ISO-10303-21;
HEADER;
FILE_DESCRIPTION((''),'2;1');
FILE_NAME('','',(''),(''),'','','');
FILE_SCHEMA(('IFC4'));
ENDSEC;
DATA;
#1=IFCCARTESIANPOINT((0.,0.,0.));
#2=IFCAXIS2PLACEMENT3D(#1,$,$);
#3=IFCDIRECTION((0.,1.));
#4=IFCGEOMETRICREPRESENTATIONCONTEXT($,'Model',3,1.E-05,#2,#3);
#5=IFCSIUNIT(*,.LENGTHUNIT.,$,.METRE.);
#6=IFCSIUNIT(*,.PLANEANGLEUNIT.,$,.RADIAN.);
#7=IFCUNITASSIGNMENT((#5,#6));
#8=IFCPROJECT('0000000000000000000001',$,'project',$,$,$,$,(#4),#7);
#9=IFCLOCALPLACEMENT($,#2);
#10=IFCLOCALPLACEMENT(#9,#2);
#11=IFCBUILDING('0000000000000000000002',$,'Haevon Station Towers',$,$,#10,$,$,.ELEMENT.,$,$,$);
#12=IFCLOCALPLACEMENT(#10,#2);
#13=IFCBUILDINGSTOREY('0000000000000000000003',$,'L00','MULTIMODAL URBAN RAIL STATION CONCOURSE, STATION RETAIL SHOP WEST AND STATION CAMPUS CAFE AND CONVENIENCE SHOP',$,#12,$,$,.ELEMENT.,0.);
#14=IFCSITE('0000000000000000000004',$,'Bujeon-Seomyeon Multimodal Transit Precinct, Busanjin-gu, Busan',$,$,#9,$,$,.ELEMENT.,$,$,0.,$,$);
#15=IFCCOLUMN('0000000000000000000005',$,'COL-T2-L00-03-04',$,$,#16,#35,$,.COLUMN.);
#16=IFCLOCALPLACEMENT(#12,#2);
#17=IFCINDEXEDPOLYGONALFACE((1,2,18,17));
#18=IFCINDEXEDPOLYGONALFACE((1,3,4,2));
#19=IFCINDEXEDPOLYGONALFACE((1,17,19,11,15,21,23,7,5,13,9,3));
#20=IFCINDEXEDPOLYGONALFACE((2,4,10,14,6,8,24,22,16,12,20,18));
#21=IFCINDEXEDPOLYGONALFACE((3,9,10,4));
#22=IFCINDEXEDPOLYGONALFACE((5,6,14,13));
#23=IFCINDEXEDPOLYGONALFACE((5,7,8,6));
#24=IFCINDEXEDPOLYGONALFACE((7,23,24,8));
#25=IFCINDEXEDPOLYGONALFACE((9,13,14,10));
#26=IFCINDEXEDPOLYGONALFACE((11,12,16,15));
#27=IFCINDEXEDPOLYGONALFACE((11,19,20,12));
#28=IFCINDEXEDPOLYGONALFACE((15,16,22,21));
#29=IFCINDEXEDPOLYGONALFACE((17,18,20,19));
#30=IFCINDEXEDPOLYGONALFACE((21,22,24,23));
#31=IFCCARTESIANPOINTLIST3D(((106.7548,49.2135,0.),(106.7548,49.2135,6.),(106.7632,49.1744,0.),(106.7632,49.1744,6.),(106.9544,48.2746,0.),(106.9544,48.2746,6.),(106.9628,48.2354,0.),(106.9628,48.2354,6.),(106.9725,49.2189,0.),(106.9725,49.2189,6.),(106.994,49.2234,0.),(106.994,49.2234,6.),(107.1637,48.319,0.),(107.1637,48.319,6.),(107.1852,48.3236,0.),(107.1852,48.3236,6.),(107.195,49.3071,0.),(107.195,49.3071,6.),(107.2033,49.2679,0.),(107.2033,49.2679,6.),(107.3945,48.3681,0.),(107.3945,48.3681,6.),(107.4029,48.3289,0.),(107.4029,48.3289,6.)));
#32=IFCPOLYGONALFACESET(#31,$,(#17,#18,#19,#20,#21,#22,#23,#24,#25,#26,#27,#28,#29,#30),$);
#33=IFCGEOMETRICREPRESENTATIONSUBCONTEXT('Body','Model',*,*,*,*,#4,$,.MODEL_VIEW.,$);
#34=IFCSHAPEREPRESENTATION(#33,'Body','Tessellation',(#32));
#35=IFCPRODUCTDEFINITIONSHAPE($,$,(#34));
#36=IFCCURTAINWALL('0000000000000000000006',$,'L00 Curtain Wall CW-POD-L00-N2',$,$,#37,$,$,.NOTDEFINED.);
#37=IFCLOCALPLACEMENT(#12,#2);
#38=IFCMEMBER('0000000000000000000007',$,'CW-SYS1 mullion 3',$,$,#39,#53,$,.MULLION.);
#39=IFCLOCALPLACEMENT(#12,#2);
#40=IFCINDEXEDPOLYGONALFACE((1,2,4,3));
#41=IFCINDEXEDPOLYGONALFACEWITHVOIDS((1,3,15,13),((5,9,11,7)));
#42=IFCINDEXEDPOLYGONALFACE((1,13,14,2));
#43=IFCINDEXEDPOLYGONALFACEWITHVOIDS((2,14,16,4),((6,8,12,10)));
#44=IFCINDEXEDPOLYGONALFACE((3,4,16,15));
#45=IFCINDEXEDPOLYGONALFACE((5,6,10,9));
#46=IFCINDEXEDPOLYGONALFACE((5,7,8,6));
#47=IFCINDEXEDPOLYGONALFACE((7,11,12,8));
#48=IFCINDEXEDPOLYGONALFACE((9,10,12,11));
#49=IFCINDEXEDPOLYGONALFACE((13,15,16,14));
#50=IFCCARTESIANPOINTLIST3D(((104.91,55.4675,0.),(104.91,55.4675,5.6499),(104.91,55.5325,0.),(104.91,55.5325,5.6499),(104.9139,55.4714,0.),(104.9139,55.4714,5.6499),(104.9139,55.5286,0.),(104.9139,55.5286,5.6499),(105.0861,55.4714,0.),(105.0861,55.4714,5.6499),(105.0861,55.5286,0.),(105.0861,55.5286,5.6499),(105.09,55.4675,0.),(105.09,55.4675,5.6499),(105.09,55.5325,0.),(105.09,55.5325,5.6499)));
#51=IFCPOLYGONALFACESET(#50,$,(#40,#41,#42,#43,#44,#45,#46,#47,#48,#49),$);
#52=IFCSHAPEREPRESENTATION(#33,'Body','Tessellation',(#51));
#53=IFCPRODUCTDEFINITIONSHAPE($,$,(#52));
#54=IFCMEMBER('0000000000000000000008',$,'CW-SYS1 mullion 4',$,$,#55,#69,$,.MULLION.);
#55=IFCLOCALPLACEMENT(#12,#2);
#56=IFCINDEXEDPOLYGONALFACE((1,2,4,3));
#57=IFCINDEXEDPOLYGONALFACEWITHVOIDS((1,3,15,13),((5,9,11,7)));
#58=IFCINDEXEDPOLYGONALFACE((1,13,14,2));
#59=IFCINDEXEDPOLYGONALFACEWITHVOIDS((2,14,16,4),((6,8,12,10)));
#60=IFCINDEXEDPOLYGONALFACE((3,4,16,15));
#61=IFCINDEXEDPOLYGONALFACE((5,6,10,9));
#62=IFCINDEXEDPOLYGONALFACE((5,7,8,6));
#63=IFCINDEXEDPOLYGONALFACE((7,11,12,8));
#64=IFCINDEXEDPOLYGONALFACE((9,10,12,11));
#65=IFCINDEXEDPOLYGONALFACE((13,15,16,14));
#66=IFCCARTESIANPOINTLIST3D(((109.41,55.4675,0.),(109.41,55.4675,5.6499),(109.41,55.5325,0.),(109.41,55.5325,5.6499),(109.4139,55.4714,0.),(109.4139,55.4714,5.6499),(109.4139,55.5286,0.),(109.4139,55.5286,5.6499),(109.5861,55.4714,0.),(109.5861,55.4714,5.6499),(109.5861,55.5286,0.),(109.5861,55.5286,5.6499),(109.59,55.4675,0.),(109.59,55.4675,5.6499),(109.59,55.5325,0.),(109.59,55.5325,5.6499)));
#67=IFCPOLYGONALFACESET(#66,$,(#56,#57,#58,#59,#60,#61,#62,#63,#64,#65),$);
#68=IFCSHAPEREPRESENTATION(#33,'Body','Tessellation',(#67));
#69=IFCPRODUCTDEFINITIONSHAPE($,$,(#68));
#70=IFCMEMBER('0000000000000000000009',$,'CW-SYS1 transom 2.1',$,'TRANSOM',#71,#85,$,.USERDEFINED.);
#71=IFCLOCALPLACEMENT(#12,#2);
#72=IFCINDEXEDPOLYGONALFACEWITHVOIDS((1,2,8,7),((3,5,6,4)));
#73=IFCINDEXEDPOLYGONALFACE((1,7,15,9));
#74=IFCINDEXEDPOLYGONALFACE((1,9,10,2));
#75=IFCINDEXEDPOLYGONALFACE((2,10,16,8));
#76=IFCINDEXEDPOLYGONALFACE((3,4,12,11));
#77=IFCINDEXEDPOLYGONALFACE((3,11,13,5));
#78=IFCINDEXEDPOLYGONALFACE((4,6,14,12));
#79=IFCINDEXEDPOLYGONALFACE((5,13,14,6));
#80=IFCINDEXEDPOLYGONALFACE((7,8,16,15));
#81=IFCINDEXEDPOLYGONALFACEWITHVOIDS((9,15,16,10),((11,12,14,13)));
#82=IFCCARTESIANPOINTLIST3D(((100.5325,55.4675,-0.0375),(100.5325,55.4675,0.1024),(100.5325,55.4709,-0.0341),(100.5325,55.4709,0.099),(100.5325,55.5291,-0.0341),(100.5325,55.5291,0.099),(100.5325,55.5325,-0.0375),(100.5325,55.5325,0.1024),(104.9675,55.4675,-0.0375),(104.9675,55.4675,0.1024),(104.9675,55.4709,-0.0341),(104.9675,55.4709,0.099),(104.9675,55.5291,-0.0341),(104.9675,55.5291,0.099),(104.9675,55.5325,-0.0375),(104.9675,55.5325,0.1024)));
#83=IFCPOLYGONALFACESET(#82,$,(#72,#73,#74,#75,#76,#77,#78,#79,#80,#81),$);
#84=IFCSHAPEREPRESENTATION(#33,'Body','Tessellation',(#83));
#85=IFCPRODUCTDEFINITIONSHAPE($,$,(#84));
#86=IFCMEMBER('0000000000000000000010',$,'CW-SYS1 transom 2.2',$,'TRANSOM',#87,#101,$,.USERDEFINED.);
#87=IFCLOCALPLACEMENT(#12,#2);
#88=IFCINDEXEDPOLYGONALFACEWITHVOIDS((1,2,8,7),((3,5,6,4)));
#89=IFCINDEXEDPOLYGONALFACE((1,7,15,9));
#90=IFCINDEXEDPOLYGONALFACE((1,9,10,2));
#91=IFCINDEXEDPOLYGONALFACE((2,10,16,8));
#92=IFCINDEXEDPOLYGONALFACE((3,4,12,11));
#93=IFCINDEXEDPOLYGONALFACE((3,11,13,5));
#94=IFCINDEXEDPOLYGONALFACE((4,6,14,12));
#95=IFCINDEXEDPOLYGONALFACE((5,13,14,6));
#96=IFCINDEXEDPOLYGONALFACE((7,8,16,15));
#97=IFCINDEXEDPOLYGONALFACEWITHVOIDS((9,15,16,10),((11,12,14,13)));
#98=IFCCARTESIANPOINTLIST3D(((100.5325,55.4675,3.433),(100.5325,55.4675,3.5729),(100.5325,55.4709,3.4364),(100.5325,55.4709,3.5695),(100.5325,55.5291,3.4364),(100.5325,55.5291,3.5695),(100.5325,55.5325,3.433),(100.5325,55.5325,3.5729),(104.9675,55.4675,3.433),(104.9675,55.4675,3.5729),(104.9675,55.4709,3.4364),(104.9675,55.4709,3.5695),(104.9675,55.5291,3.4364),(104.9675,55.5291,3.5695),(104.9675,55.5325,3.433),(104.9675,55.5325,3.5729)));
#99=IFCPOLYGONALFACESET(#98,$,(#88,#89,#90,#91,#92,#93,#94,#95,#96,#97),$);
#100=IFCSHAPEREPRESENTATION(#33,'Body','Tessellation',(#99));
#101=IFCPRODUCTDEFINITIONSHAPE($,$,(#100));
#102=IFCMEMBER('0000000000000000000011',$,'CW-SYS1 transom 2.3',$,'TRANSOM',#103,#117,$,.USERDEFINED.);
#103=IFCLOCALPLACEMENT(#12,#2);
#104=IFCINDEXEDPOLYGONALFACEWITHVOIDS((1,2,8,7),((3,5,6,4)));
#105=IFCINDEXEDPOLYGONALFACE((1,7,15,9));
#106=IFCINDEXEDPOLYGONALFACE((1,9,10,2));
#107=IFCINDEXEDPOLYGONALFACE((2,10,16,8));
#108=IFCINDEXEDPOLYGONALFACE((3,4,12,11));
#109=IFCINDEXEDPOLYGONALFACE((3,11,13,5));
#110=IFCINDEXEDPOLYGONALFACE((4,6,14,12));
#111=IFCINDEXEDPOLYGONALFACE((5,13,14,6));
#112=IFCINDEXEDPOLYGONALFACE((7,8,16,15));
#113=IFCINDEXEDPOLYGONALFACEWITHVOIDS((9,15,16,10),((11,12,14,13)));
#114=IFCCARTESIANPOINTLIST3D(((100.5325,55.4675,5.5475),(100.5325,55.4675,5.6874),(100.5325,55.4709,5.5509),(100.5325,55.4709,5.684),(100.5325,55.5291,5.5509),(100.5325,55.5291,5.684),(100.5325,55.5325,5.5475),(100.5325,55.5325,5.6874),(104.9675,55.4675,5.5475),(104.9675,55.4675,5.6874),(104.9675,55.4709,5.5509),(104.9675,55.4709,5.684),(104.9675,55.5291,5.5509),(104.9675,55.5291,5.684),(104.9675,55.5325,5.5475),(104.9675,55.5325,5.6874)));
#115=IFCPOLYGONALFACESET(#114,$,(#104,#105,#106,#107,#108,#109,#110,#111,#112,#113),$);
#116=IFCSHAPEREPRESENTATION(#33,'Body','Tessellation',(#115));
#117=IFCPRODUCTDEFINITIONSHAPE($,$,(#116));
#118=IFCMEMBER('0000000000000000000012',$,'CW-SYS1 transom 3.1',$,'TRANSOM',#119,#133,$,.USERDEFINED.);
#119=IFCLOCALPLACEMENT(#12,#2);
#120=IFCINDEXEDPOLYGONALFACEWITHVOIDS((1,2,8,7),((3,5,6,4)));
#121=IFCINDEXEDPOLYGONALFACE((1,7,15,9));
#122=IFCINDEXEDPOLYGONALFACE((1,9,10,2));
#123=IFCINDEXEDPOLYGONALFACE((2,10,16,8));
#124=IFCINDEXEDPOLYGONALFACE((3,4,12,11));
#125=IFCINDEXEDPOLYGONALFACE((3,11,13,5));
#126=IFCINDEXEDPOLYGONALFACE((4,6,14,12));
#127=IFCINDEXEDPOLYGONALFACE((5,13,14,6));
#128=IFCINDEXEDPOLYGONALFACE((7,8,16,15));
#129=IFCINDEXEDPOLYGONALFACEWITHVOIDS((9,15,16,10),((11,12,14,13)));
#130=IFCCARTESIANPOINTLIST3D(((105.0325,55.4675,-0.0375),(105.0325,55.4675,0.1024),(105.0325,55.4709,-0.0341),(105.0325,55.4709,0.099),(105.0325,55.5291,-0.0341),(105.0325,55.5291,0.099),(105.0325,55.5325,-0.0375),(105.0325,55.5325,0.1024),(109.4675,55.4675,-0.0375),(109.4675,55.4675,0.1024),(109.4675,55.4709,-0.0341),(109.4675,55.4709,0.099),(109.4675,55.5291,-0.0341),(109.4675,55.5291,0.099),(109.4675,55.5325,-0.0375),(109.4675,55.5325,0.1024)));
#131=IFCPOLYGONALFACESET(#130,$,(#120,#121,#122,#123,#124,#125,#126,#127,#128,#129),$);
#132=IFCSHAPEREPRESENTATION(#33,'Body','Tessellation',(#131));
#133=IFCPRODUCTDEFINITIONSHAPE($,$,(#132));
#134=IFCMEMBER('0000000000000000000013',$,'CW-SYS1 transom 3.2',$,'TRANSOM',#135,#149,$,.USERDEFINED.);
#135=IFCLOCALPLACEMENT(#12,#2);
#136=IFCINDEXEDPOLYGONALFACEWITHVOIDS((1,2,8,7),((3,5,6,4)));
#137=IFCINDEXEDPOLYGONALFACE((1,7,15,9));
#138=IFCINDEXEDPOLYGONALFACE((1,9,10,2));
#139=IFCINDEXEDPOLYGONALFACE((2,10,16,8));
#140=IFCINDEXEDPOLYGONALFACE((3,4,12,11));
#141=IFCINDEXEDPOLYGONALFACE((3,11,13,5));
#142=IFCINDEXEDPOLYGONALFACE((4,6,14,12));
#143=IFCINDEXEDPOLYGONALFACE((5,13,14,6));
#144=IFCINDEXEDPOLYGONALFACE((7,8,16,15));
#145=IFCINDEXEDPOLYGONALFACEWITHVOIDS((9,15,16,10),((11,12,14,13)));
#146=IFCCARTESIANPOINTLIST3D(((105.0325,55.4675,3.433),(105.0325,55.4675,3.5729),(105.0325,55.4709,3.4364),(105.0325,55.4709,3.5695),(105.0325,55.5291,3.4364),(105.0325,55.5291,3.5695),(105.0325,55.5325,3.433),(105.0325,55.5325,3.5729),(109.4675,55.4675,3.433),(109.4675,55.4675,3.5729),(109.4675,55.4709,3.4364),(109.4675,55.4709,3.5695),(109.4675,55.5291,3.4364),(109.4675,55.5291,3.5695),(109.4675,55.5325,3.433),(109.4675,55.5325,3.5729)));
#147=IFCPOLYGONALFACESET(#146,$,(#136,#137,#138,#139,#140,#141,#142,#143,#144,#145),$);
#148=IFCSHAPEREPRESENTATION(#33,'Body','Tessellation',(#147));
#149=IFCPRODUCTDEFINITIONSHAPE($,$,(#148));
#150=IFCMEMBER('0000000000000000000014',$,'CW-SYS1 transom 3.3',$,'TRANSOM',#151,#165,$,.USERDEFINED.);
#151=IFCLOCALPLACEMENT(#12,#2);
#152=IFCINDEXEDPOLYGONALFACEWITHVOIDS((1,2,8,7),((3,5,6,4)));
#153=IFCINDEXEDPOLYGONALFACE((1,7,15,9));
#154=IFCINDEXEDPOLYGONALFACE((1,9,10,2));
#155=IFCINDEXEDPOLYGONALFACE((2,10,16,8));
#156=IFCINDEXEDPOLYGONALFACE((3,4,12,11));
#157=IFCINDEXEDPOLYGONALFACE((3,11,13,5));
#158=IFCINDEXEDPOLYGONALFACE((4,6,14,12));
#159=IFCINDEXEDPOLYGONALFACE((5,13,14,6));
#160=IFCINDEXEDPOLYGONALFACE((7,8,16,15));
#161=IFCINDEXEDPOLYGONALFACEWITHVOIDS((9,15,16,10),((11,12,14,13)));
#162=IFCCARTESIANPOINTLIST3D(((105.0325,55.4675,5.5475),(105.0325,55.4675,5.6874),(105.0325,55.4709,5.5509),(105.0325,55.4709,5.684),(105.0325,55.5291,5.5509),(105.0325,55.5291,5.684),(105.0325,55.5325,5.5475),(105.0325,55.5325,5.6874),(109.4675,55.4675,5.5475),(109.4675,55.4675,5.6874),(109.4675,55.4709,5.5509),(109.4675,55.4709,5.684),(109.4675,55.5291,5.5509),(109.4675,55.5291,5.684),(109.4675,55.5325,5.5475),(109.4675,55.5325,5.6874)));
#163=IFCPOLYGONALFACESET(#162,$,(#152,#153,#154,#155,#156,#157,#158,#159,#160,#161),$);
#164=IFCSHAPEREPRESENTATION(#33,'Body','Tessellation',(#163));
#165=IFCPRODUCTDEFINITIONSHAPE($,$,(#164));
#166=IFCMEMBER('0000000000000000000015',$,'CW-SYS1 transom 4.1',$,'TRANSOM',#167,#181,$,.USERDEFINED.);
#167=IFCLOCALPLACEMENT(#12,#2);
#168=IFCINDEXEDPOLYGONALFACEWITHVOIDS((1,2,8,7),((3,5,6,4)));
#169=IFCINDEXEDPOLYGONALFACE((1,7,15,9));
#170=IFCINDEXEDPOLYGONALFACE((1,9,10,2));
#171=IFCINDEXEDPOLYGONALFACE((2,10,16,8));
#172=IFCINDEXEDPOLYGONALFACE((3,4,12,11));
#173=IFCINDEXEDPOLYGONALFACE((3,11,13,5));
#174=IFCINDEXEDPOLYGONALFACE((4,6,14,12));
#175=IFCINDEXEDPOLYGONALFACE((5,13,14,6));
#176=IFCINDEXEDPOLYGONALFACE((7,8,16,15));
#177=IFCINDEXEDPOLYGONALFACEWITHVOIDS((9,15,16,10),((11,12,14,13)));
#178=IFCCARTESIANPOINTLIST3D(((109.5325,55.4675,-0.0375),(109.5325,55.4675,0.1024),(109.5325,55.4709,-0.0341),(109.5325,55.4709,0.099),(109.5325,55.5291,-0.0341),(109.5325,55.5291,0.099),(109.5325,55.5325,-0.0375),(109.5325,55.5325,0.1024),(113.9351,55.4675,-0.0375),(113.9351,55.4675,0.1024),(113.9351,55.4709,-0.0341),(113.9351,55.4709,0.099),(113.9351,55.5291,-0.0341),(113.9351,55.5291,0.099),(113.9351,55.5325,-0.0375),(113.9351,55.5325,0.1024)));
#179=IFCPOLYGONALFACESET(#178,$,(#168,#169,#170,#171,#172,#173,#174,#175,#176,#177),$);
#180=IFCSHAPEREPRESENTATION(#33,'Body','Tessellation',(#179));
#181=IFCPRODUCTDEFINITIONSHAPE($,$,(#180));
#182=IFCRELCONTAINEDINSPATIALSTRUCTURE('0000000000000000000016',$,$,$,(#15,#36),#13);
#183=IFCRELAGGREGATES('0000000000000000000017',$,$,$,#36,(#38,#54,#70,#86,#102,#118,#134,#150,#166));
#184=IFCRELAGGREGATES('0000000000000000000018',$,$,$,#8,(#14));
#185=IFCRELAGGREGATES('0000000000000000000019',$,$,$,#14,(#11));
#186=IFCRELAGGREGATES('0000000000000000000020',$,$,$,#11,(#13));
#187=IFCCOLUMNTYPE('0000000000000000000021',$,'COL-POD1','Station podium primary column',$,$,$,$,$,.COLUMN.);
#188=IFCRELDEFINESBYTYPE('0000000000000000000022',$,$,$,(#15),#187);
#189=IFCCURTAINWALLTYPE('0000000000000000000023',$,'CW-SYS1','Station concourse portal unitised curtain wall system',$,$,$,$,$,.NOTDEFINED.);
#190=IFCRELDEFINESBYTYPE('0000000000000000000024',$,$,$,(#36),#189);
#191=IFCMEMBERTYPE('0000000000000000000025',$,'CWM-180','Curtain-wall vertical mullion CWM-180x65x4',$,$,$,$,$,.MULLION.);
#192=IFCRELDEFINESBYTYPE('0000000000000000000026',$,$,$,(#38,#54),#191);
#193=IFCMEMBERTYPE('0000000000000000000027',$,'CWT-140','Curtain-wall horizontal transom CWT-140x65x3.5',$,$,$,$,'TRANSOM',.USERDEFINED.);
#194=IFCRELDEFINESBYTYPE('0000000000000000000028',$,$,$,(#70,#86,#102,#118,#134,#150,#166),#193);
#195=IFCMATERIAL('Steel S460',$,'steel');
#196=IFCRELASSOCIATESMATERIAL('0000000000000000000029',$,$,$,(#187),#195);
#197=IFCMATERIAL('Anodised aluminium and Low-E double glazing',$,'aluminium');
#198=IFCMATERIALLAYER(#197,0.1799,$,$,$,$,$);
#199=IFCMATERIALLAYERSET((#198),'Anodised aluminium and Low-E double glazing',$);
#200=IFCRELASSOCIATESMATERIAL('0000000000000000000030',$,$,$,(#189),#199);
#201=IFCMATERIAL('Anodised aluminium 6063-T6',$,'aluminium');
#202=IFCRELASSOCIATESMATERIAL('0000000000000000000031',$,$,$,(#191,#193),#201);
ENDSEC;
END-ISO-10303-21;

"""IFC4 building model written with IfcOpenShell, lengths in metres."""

from ifc_helpers import new_model, si_unit, direction, frame, origin, origin_2d, place, context, subcontext, project, spatial, hollow_rectangle, i_section, extrude, material, layer, layer_set, material_profile, profile_set, type_object, element, aggregate, save


model = new_model("IFC4")

# Units and contexts
model_context = context("Model", 3, precision=1e-05, world=origin(), true_north=direction((0.0, 1.0)))
body_context = subcontext(model_context, "Body", "Model", "MODEL_VIEW")
ifc_project = project(units=[si_unit("LENGTHUNIT", "METRE"), si_unit("PLANEANGLEUNIT", "RADIAN")], contexts=[model_context])

# Site, building, storey
site_placement = place(None, origin())
site = spatial("IfcSite", under=ifc_project, at=site_placement, Name="Bujeon-Seomyeon Multimodal Transit Precinct, Busanjin-gu, Busan", CompositionType="ELEMENT", RefElevation=0.0)
building_placement = place(site_placement, origin())
building = spatial("IfcBuilding", under=site, at=building_placement, Name="Haevon Station Towers", CompositionType="ELEMENT")
storey_placement = place(building_placement, origin())
storey = spatial("IfcBuildingStorey", under=building, at=storey_placement, Name="L00", Description="MULTIMODAL URBAN RAIL STATION CONCOURSE, STATION RETAIL SHOP WEST AND STATION CAMPUS CAFE AND CONVENIENCE SHOP", CompositionType="ELEMENT", Elevation=0.0)

# Column
ifc_material_1 = material(Name="Steel S460", Category="steel")
ifc_material_profile_1 = material_profile(ifc_material_1, i_section(OverallWidth=0.45, OverallDepth=1.0, WebThickness=0.022, FlangeThickness=0.04, at=origin_2d()), Name="H-1000x450x22x40")
ifc_profile_set_1 = profile_set([ifc_material_profile_1], Name="Steel S460")
column_type = type_object("IfcColumnType", Name="COL-POD1", Description="Station podium primary column", PredefinedType="COLUMN", material=ifc_profile_set_1)
column_placement = place(storey_placement, frame((107.0789, 48.7712, 0.0), z_axis=(0.0, 0.0, 1.0), x_axis=(0.978148, 0.207912, 0.0)))
element("IfcColumn", 1, at=column_placement, inside=storey, type_object=column_type, Name="COL-T2-L00-03-04", PredefinedType="COLUMN", context=body_context, shape_type="SweptSolid", body=[
    extrude(i_section(OverallWidth=0.45, OverallDepth=1.0, WebThickness=0.022, FlangeThickness=0.04, at=origin_2d()), origin(), (0.0, 0.0, 1.0), 6.0),
])

# Curtain wall, members
ifc_material_2 = material(Name="Anodised aluminium and Low-E double glazing", Category="aluminium")
ifc_layer_1 = layer(ifc_material_2, 0.1799)
ifc_layer_set_1 = layer_set([ifc_layer_1], Name="Anodised aluminium and Low-E double glazing")
curtain_wall_type = type_object("IfcCurtainWallType", Name="CW-SYS1", Description="Station concourse portal unitised curtain wall system", PredefinedType="NOTDEFINED", material=ifc_layer_set_1)
curtain_wall_placement = place(storey_placement, origin())
curtain_wall = element("IfcCurtainWall", 2, at=curtain_wall_placement, inside=storey, type_object=curtain_wall_type, Name="L00 Curtain Wall CW-POD-L00-N2", PredefinedType="NOTDEFINED")
ifc_material_3 = material(Name="Anodised aluminium 6063-T6", Category="aluminium")
ifc_material_profile_2 = material_profile(ifc_material_3, hollow_rectangle(XDim=0.0649, YDim=0.1799, WallThickness=0.0039, at=origin_2d()), Name="CWM-180x65x4")
ifc_profile_set_2 = profile_set([ifc_material_profile_2], Name="Anodised aluminium 6063-T6")
member_type_1 = type_object("IfcMemberType", Name="CWM-180", Description="Curtain-wall vertical mullion CWM-180x65x4", PredefinedType="MULLION", material=ifc_profile_set_2)
member_1_placement = place(storey_placement, frame((105.0, 55.5, 0.0), z_axis=(0.0, 0.0, 1.0), x_axis=(0.0, 1.0, 0.0)))
member_1 = element("IfcMember", 3, at=member_1_placement, type_object=member_type_1, Name="CW-SYS1 mullion 3", PredefinedType="MULLION", context=body_context, shape_type="SweptSolid", body=[
    extrude(hollow_rectangle(XDim=0.0649, YDim=0.1799, WallThickness=0.0039, at=origin_2d()), origin(), (0.0, 0.0, 1.0), 5.6499),
])
member_2_placement = place(storey_placement, frame((109.5, 55.5, 0.0), z_axis=(0.0, 0.0, 1.0), x_axis=(0.0, 1.0, 0.0)))
member_2 = element("IfcMember", 4, at=member_2_placement, type_object=member_type_1, Name="CW-SYS1 mullion 4", PredefinedType="MULLION", context=body_context, shape_type="SweptSolid", body=[
    extrude(hollow_rectangle(XDim=0.0649, YDim=0.1799, WallThickness=0.0039, at=origin_2d()), origin(), (0.0, 0.0, 1.0), 5.6499),
])
ifc_material_profile_3 = material_profile(ifc_material_3, hollow_rectangle(XDim=0.0649, YDim=0.1399, WallThickness=0.0034, at=origin_2d()), Name="CWT-140x65x3.5")
ifc_profile_set_3 = profile_set([ifc_material_profile_3], Name="Anodised aluminium 6063-T6")
member_type_2 = type_object("IfcMemberType", Name="CWT-140", Description="Curtain-wall horizontal transom CWT-140x65x3.5", ElementType="TRANSOM", PredefinedType="USERDEFINED", material=ifc_profile_set_3)
member_3_placement = place(storey_placement, frame((100.5325, 55.5, 0.0325), z_axis=(1.0, 0.0, 0.0), x_axis=(0.0, 1.0, 0.0)))
member_3 = element("IfcMember", 5, at=member_3_placement, type_object=member_type_2, Name="CW-SYS1 transom 2.1", ObjectType="TRANSOM", PredefinedType="USERDEFINED", context=body_context, shape_type="SweptSolid", body=[
    extrude(hollow_rectangle(XDim=0.0649, YDim=0.1399, WallThickness=0.0034, at=origin_2d()), origin(), (0.0, 0.0, 1.0), 4.4351),
])
member_4_placement = place(storey_placement, frame((100.5325, 55.5, 3.5029), z_axis=(1.0, 0.0, 0.0), x_axis=(0.0, 1.0, 0.0)))
member_4 = element("IfcMember", 6, at=member_4_placement, type_object=member_type_2, Name="CW-SYS1 transom 2.2", ObjectType="TRANSOM", PredefinedType="USERDEFINED", context=body_context, shape_type="SweptSolid", body=[
    extrude(hollow_rectangle(XDim=0.0649, YDim=0.1399, WallThickness=0.0034, at=origin_2d()), origin(), (0.0, 0.0, 1.0), 4.4351),
])
member_5_placement = place(storey_placement, frame((100.5325, 55.5, 5.6174), z_axis=(1.0, 0.0, 0.0), x_axis=(0.0, 1.0, 0.0)))
member_5 = element("IfcMember", 7, at=member_5_placement, type_object=member_type_2, Name="CW-SYS1 transom 2.3", ObjectType="TRANSOM", PredefinedType="USERDEFINED", context=body_context, shape_type="SweptSolid", body=[
    extrude(hollow_rectangle(XDim=0.0649, YDim=0.1399, WallThickness=0.0034, at=origin_2d()), origin(), (0.0, 0.0, 1.0), 4.4351),
])
member_6_placement = place(storey_placement, frame((105.0325, 55.5, 0.0325), z_axis=(1.0, 0.0, 0.0), x_axis=(0.0, 1.0, 0.0)))
member_6 = element("IfcMember", 8, at=member_6_placement, type_object=member_type_2, Name="CW-SYS1 transom 3.1", ObjectType="TRANSOM", PredefinedType="USERDEFINED", context=body_context, shape_type="SweptSolid", body=[
    extrude(hollow_rectangle(XDim=0.0649, YDim=0.1399, WallThickness=0.0034, at=origin_2d()), origin(), (0.0, 0.0, 1.0), 4.4351),
])
member_7_placement = place(storey_placement, frame((105.0325, 55.5, 3.5029), z_axis=(1.0, 0.0, 0.0), x_axis=(0.0, 1.0, 0.0)))
member_7 = element("IfcMember", 9, at=member_7_placement, type_object=member_type_2, Name="CW-SYS1 transom 3.2", ObjectType="TRANSOM", PredefinedType="USERDEFINED", context=body_context, shape_type="SweptSolid", body=[
    extrude(hollow_rectangle(XDim=0.0649, YDim=0.1399, WallThickness=0.0034, at=origin_2d()), origin(), (0.0, 0.0, 1.0), 4.4351),
])
member_8_placement = place(storey_placement, frame((105.0325, 55.5, 5.6174), z_axis=(1.0, 0.0, 0.0), x_axis=(0.0, 1.0, 0.0)))
member_8 = element("IfcMember", 10, at=member_8_placement, type_object=member_type_2, Name="CW-SYS1 transom 3.3", ObjectType="TRANSOM", PredefinedType="USERDEFINED", context=body_context, shape_type="SweptSolid", body=[
    extrude(hollow_rectangle(XDim=0.0649, YDim=0.1399, WallThickness=0.0034, at=origin_2d()), origin(), (0.0, 0.0, 1.0), 4.4351),
])
member_9_placement = place(storey_placement, frame((109.5325, 55.5, 0.0325), z_axis=(1.0, 0.0, 0.0), x_axis=(0.0, 1.0, 0.0)))
member_9 = element("IfcMember", 11, at=member_9_placement, type_object=member_type_2, Name="CW-SYS1 transom 4.1", ObjectType="TRANSOM", PredefinedType="USERDEFINED", context=body_context, shape_type="SweptSolid", body=[
    extrude(hollow_rectangle(XDim=0.0649, YDim=0.1399, WallThickness=0.0034, at=origin_2d()), origin(), (0.0, 0.0, 1.0), 4.4026),
])
aggregate(curtain_wall, [member_1, member_2, member_3, member_4, member_5, member_6, member_7, member_8, member_9])

save(model, "model.ifc")
